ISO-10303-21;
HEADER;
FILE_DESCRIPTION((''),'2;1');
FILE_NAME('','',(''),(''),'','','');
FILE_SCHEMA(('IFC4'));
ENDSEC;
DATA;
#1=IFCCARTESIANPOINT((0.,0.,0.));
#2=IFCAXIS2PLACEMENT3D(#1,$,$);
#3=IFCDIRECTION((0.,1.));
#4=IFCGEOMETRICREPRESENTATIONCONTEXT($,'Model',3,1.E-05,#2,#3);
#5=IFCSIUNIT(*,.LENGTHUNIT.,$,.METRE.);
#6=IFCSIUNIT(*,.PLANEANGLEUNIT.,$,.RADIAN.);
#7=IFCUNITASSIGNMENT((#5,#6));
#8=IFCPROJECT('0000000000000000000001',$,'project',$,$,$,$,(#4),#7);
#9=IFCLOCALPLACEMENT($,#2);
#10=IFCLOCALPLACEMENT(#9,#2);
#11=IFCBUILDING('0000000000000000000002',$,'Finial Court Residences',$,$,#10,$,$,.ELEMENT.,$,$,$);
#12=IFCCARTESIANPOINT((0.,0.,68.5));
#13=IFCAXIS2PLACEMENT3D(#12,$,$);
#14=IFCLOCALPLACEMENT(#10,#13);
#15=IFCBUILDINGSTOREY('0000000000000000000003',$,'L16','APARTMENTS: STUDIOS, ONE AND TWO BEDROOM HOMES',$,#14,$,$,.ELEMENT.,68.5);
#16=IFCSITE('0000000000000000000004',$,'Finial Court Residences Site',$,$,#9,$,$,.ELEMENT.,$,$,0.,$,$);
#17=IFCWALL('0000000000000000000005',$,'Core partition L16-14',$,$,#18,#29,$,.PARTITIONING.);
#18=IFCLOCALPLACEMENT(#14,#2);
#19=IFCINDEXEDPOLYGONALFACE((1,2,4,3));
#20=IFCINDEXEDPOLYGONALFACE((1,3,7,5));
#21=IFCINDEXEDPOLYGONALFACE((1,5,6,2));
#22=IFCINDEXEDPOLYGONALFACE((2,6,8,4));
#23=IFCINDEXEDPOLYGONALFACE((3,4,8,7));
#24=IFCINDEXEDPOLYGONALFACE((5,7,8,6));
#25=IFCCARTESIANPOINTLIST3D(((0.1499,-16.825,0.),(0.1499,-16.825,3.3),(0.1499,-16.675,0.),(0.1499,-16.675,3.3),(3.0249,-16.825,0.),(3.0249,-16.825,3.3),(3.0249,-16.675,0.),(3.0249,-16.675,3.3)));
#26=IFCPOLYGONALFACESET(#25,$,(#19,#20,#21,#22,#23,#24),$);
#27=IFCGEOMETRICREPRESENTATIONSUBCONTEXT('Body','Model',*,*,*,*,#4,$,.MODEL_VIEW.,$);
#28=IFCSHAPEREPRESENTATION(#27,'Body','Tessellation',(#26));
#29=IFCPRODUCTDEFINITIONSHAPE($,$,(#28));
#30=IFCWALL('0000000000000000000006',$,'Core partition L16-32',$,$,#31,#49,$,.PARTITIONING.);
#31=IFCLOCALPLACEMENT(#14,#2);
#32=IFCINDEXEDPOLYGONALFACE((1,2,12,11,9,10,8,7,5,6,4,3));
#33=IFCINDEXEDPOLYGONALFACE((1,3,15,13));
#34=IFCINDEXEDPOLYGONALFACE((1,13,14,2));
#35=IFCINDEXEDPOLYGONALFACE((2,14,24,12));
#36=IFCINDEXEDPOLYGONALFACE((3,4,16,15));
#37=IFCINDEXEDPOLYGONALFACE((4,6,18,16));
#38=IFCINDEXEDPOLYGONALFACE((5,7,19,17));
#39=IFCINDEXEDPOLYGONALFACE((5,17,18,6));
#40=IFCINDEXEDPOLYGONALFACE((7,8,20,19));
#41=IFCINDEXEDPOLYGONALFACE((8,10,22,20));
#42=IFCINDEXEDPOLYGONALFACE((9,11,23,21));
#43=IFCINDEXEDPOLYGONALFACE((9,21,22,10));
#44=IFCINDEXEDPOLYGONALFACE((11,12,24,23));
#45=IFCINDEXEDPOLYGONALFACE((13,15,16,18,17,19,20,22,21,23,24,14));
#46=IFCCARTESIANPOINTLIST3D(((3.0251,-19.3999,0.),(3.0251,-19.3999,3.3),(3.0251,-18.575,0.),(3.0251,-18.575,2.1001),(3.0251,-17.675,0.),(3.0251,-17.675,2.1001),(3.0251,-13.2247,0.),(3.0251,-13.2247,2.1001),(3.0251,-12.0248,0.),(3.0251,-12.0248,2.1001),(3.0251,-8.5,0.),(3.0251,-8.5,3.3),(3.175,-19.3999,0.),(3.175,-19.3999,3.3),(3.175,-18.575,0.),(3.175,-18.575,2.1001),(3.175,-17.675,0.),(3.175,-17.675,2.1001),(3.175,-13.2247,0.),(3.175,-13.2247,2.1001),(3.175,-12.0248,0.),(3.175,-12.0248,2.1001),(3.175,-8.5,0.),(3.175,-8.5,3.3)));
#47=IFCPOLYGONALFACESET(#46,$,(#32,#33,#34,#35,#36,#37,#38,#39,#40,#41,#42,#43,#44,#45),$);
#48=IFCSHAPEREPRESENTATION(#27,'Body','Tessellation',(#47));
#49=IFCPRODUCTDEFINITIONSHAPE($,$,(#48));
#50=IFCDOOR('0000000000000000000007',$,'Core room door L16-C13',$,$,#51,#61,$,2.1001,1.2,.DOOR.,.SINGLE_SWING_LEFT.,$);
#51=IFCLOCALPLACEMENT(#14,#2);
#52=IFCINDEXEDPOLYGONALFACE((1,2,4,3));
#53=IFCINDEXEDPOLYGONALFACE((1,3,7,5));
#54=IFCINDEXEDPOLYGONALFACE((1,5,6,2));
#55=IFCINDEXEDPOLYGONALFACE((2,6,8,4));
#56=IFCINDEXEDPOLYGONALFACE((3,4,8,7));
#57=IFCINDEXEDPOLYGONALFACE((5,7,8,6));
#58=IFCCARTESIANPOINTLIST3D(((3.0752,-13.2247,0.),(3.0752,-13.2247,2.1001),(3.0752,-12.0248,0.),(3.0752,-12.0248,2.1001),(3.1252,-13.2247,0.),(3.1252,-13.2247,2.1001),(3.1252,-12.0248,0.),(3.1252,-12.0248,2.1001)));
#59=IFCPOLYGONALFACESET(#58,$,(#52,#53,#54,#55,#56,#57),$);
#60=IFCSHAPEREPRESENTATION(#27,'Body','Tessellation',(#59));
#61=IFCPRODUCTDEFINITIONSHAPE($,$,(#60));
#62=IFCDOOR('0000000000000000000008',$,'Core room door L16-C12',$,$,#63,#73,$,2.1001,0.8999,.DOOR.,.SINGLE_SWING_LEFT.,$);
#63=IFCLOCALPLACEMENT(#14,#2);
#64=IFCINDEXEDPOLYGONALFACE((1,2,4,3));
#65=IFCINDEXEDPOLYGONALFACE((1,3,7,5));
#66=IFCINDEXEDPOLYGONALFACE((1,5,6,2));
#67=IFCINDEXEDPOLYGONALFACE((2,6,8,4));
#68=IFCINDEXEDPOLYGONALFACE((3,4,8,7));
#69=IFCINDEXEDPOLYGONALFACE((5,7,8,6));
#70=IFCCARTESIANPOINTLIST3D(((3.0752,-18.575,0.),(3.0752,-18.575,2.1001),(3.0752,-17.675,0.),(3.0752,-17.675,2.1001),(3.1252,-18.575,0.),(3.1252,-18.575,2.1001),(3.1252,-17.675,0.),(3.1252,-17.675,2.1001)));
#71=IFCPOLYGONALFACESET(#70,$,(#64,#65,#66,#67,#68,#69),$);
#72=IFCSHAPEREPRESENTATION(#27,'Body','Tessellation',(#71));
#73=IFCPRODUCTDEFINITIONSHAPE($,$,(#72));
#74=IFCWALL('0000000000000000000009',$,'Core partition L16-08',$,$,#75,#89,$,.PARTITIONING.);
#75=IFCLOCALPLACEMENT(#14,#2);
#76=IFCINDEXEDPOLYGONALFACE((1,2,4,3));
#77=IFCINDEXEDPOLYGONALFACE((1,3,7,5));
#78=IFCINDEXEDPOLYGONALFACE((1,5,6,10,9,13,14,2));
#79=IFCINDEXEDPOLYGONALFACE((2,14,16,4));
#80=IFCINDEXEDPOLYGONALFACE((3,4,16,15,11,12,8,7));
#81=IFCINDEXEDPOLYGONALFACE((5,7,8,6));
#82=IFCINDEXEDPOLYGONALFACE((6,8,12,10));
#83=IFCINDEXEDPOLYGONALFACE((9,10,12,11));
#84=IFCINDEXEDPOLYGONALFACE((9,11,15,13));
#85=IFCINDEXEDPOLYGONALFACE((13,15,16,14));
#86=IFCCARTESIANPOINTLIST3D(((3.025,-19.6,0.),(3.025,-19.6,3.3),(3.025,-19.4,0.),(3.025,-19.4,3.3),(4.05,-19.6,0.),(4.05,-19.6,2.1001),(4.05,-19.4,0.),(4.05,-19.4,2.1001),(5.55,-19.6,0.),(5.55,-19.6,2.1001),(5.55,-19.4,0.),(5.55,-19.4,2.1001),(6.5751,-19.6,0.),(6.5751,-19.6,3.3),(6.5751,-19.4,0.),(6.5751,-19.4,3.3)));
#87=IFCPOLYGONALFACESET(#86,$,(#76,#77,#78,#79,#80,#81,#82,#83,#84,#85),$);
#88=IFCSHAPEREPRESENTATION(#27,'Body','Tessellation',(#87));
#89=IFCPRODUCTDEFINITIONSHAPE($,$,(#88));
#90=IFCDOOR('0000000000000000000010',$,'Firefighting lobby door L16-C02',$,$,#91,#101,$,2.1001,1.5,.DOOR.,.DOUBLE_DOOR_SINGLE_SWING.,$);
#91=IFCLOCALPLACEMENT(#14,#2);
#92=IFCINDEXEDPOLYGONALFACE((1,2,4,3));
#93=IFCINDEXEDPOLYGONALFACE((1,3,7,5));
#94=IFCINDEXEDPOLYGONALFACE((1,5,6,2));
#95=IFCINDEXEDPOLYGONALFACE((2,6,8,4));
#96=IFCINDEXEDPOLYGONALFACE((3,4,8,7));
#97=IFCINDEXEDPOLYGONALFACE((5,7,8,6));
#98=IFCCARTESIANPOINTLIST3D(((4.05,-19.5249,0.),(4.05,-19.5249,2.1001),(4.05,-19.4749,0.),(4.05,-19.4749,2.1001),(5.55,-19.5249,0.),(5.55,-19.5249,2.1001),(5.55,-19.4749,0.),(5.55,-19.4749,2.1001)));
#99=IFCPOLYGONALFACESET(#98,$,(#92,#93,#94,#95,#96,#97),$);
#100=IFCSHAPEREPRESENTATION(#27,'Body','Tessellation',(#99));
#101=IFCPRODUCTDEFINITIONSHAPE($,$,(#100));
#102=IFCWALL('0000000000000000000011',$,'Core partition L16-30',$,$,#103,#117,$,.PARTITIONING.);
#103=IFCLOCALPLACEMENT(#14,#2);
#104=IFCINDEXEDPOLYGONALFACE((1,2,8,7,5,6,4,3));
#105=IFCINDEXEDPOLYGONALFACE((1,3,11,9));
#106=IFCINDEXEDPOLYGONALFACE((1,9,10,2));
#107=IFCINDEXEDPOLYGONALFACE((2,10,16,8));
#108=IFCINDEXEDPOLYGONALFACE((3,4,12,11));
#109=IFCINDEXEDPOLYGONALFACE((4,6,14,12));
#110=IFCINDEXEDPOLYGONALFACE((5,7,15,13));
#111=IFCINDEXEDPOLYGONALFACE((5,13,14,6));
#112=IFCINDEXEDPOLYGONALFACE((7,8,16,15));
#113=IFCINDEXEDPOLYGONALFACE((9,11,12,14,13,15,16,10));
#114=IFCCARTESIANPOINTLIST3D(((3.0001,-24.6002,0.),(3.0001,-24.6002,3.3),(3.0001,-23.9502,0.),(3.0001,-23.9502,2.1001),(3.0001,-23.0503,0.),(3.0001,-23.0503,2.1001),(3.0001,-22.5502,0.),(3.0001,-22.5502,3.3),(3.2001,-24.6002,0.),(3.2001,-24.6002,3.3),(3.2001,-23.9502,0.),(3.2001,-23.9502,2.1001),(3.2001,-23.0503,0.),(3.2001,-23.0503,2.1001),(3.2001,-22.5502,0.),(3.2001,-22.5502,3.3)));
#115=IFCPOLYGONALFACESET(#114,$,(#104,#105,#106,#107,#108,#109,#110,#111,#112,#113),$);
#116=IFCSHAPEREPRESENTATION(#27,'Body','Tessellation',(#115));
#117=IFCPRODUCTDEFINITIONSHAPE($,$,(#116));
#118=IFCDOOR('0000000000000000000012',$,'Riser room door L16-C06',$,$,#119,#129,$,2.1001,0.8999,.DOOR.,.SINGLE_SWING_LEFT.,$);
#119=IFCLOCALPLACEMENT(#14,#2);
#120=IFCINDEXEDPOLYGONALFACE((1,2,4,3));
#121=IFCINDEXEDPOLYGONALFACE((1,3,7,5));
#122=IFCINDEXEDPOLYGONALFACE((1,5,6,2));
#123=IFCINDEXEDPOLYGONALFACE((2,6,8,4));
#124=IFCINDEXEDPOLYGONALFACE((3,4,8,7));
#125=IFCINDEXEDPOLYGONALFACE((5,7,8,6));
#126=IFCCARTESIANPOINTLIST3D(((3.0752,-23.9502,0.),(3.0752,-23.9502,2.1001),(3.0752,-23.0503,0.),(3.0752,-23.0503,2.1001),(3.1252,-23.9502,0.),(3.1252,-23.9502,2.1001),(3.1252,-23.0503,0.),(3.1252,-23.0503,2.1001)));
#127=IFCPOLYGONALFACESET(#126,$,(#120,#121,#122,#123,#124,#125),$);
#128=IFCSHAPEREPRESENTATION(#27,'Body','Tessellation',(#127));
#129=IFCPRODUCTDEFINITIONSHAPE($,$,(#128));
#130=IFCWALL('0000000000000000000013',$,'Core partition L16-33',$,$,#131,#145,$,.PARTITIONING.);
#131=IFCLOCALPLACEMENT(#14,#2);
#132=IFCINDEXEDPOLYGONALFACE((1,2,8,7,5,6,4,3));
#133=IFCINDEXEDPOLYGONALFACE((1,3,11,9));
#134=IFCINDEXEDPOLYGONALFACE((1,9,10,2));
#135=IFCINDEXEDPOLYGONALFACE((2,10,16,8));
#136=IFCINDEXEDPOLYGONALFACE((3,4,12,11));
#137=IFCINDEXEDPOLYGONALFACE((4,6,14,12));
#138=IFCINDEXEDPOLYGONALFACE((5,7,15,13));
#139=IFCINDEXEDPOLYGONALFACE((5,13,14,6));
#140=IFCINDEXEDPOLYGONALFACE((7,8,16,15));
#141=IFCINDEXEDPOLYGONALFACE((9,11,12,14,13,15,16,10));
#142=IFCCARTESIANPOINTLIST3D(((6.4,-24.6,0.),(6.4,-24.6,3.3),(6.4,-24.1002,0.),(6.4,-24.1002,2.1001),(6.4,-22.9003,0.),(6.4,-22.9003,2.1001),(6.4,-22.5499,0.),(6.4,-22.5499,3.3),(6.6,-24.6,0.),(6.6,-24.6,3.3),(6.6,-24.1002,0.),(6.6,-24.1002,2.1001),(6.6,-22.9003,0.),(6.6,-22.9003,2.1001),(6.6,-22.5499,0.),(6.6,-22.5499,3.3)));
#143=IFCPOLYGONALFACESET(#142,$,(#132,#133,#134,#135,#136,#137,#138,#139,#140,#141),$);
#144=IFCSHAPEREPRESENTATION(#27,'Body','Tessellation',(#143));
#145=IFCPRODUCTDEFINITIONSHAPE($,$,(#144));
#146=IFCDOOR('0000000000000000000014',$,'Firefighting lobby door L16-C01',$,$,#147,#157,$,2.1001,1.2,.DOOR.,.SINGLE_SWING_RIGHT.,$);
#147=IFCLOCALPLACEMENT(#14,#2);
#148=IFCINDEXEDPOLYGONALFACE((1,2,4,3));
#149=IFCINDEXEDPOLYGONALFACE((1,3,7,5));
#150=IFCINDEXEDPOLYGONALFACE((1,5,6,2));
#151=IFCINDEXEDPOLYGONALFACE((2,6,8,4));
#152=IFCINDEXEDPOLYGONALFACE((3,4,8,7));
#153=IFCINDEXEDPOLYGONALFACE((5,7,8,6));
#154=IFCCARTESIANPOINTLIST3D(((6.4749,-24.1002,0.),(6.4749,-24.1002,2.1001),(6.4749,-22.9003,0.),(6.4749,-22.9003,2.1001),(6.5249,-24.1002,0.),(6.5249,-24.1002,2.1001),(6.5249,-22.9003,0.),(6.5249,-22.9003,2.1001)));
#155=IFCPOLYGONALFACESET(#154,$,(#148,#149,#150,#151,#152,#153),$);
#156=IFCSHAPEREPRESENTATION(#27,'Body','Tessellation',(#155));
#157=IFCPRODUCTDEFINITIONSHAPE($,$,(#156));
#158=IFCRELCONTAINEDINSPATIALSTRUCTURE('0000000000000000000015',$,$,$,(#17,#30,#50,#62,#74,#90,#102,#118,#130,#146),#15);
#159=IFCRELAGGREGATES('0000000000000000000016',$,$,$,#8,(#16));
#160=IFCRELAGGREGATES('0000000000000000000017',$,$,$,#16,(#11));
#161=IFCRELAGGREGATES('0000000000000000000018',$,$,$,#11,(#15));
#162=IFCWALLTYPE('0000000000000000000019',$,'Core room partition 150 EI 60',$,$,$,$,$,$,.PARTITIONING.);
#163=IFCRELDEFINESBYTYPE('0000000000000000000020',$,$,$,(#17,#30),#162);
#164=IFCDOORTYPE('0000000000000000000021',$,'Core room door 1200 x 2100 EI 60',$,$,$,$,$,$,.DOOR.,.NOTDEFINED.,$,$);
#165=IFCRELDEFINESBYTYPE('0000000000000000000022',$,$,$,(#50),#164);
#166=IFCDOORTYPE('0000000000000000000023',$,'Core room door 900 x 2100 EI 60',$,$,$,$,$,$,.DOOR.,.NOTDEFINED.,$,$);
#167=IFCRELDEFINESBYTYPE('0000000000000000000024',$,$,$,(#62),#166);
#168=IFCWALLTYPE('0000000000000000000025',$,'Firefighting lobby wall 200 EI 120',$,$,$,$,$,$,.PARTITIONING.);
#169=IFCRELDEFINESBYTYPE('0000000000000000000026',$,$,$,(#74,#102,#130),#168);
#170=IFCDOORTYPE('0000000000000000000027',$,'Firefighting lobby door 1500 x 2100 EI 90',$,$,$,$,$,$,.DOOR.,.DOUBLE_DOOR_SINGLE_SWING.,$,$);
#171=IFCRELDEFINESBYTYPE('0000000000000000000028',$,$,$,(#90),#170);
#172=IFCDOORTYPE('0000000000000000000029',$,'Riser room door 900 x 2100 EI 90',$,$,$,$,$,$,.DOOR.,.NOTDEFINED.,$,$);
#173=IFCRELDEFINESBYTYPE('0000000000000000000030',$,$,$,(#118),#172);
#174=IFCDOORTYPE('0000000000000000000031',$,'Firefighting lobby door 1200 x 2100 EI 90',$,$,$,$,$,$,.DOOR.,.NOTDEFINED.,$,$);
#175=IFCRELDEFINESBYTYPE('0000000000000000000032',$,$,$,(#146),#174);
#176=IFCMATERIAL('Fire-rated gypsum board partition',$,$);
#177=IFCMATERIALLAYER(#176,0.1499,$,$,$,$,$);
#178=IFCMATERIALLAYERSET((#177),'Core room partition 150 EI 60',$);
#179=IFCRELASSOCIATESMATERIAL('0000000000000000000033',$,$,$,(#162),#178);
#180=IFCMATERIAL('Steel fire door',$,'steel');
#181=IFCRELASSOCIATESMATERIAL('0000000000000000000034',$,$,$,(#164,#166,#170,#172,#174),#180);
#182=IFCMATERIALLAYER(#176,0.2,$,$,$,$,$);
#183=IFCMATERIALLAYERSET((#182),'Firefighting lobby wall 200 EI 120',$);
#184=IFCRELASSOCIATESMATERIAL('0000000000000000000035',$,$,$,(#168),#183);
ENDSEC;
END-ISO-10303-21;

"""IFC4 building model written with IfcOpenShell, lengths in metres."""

from ifc_helpers import new_model, si_unit, direction, frame, frame_2d, origin, place, context, subcontext, project, spatial, rectangle, extrude, material, layer, layer_set, type_object, element, fill, save


model = new_model("IFC4")

# Units and contexts
model_context = context("Model", 3, precision=1e-05, world=origin(), true_north=direction((0.0, 1.0)))
body_context = subcontext(model_context, "Body", "Model", "MODEL_VIEW")
ifc_project = project(units=[si_unit("LENGTHUNIT", "METRE"), si_unit("PLANEANGLEUNIT", "RADIAN")], contexts=[model_context])

# Site, building, storey
site_placement = place(None, origin())
site = spatial("IfcSite", under=ifc_project, at=site_placement, Name="Finial Court Residences Site", CompositionType="ELEMENT", RefElevation=0.0)
building_placement = place(site_placement, origin())
building = spatial("IfcBuilding", under=site, at=building_placement, Name="Finial Court Residences", CompositionType="ELEMENT")
storey_placement = place(building_placement, frame((0.0, 0.0, 68.5)))
storey = spatial("IfcBuildingStorey", under=building, at=storey_placement, Name="L16", Description="APARTMENTS: STUDIOS, ONE AND TWO BEDROOM HOMES", CompositionType="ELEMENT", Elevation=68.5)

# Wall
ifc_material_1 = material(Name="Fire-rated gypsum board partition")
ifc_layer_1 = layer(ifc_material_1, 0.1499)
ifc_layer_set_1 = layer_set([ifc_layer_1], Name="Core room partition 150 EI 60")
wall_type_1 = type_object("IfcWallType", Name="Core room partition 150 EI 60", PredefinedType="PARTITIONING", material=ifc_layer_set_1)
wall_1_placement = place(storey_placement, frame((0.1499, -16.75, 0.0), z_axis=(0.0, 0.0, 1.0), x_axis=(1.0, 0.0, 0.0)))
element("IfcWall", 1, at=wall_1_placement, inside=storey, type_object=wall_type_1, Name="Core partition L16-14", PredefinedType="PARTITIONING", context=body_context, shape_type="SweptSolid", body=[
    extrude(rectangle(XDim=2.875, YDim=0.1499, at=frame_2d((1.4375, 0.0))), origin(), (0.0, 0.0, 1.0), 3.3),
])

# Wall, openings, doors
wall_2_placement = place(storey_placement, frame((3.1001, -19.3999, 0.0), z_axis=(0.0, 0.0, 1.0), x_axis=(0.0, 1.0, 0.0)))
wall_2 = element("IfcWall", 2, at=wall_2_placement, inside=storey, type_object=wall_type_1, Name="Core partition L16-32", PredefinedType="PARTITIONING", context=body_context, shape_type="SweptSolid", body=[
    extrude(rectangle(XDim=10.8999, YDim=0.1499, at=frame_2d((5.45, 0.0))), origin(), (0.0, 0.0, 1.0), 3.3),
])
opening_1_placement = place(wall_2_placement, frame((0.825, 0.0, 0.0)))
opening_1 = element("IfcOpeningElement", 3, at=opening_1_placement, cuts=wall_2, PredefinedType="OPENING", context=body_context, shape_type="SweptSolid", body=[
    extrude(rectangle(XDim=0.8999, YDim=2.1001, at=frame_2d((0.45, 1.05))), frame((0.0, 0.085, 0.0), z_axis=(0.0, -1.0, 0.0), x_axis=(1.0, 0.0, 0.0)), (0.0, 0.0, 1.0), 0.1699),
])
opening_2_placement = place(wall_2_placement, frame((6.175, 0.0, 0.0)))
opening_2 = element("IfcOpeningElement", 4, at=opening_2_placement, cuts=wall_2, PredefinedType="OPENING", context=body_context, shape_type="SweptSolid", body=[
    extrude(rectangle(XDim=1.2, YDim=2.1001, at=frame_2d((0.6001, 1.05))), frame((0.0, 0.085, 0.0), z_axis=(0.0, -1.0, 0.0), x_axis=(1.0, 0.0, 0.0)), (0.0, 0.0, 1.0), 0.1699),
])
ifc_material_2 = material(Name="Steel fire door", Category="steel")
door_type_1 = type_object("IfcDoorType", Name="Core room door 1200 x 2100 EI 60", OperationType="NOTDEFINED", PredefinedType="DOOR", material=ifc_material_2)
door_1_placement = place(opening_2_placement, origin())
door_1 = element("IfcDoor", 5, at=door_1_placement, inside=storey, type_object=door_type_1, Name="Core room door L16-C13", OperationType="SINGLE_SWING_LEFT", OverallHeight=2.1001, OverallWidth=1.2, PredefinedType="DOOR", context=body_context, shape_type="SweptSolid", body=[
    extrude(rectangle(XDim=1.2, YDim=2.1001, at=frame_2d((0.6001, 1.05))), frame((0.0, 0.0249, 0.0), z_axis=(0.0, -1.0, 0.0), x_axis=(1.0, 0.0, 0.0)), (0.0, 0.0, 1.0), 0.05),
])
fill(opening_2, door_1)
door_type_2 = type_object("IfcDoorType", Name="Core room door 900 x 2100 EI 60", OperationType="NOTDEFINED", PredefinedType="DOOR", material=ifc_material_2)
door_2_placement = place(opening_1_placement, origin())
door_2 = element("IfcDoor", 6, at=door_2_placement, inside=storey, type_object=door_type_2, Name="Core room door L16-C12", OperationType="SINGLE_SWING_LEFT", OverallHeight=2.1001, OverallWidth=0.8999, PredefinedType="DOOR", context=body_context, shape_type="SweptSolid", body=[
    extrude(rectangle(XDim=0.8999, YDim=2.1001, at=frame_2d((0.45, 1.05))), frame((0.0, 0.0249, 0.0), z_axis=(0.0, -1.0, 0.0), x_axis=(1.0, 0.0, 0.0)), (0.0, 0.0, 1.0), 0.05),
])
fill(opening_1, door_2)

# Walls, openings, doors
ifc_layer_2 = layer(ifc_material_1, 0.2)
ifc_layer_set_2 = layer_set([ifc_layer_2], Name="Firefighting lobby wall 200 EI 120")
wall_type_2 = type_object("IfcWallType", Name="Firefighting lobby wall 200 EI 120", PredefinedType="PARTITIONING", material=ifc_layer_set_2)
wall_3_placement = place(storey_placement, frame((6.575, -19.5, 0.0), z_axis=(0.0, 0.0, 1.0), x_axis=(-1.0, 0.0, 0.0)))
wall_3 = element("IfcWall", 7, at=wall_3_placement, inside=storey, type_object=wall_type_2, Name="Core partition L16-08", PredefinedType="PARTITIONING", context=body_context, shape_type="SweptSolid", body=[
    extrude(rectangle(XDim=3.55, YDim=0.2, at=frame_2d((1.7749, 0.0))), origin(), (0.0, 0.0, 1.0), 3.3),
])
opening_3_placement = place(wall_3_placement, frame((1.0249, 0.0, 0.0)))
opening_3 = element("IfcOpeningElement", 8, at=opening_3_placement, cuts=wall_3, PredefinedType="OPENING", context=body_context, shape_type="SweptSolid", body=[
    extrude(rectangle(XDim=1.5, YDim=2.1001, at=frame_2d((0.75, 1.05))), frame((0.0, 0.1099, 0.0), z_axis=(0.0, -1.0, 0.0), x_axis=(1.0, 0.0, 0.0)), (0.0, 0.0, 1.0), 0.22),
])
door_type_3 = type_object("IfcDoorType", Name="Firefighting lobby door 1500 x 2100 EI 90", OperationType="DOUBLE_DOOR_SINGLE_SWING", PredefinedType="DOOR", material=ifc_material_2)
door_3_placement = place(opening_3_placement, origin())
door_3 = element("IfcDoor", 9, at=door_3_placement, inside=storey, type_object=door_type_3, Name="Firefighting lobby door L16-C02", OperationType="DOUBLE_DOOR_SINGLE_SWING", OverallHeight=2.1001, OverallWidth=1.5, PredefinedType="DOOR", context=body_context, shape_type="SweptSolid", body=[
    extrude(rectangle(XDim=1.5, YDim=2.1001, at=frame_2d((0.75, 1.05))), frame((0.0, 0.0249, 0.0), z_axis=(0.0, -1.0, 0.0), x_axis=(1.0, 0.0, 0.0)), (0.0, 0.0, 1.0), 0.05),
])
fill(opening_3, door_3)
wall_4_placement = place(storey_placement, frame((3.1001, -24.6001, 0.0), z_axis=(0.0, 0.0, 1.0), x_axis=(0.0, 1.0, 0.0)))
wall_4 = element("IfcWall", 10, at=wall_4_placement, inside=storey, type_object=wall_type_2, Name="Core partition L16-30", PredefinedType="PARTITIONING", context=body_context, shape_type="SweptSolid", body=[
    extrude(rectangle(XDim=2.05, YDim=0.2, at=frame_2d((1.0249, 0.0))), origin(), (0.0, 0.0, 1.0), 3.3),
])
opening_4_placement = place(wall_4_placement, frame((0.6499, 0.0, 0.0)))
opening_4 = element("IfcOpeningElement", 11, at=opening_4_placement, cuts=wall_4, PredefinedType="OPENING", context=body_context, shape_type="SweptSolid", body=[
    extrude(rectangle(XDim=0.8999, YDim=2.1001, at=frame_2d((0.45, 1.05))), frame((0.0, 0.1099, 0.0), z_axis=(0.0, -1.0, 0.0), x_axis=(1.0, 0.0, 0.0)), (0.0, 0.0, 1.0), 0.22),
])
door_type_4 = type_object("IfcDoorType", Name="Riser room door 900 x 2100 EI 90", OperationType="NOTDEFINED", PredefinedType="DOOR", material=ifc_material_2)
door_4_placement = place(opening_4_placement, origin())
door_4 = element("IfcDoor", 12, at=door_4_placement, inside=storey, type_object=door_type_4, Name="Riser room door L16-C06", OperationType="SINGLE_SWING_LEFT", OverallHeight=2.1001, OverallWidth=0.8999, PredefinedType="DOOR", context=body_context, shape_type="SweptSolid", body=[
    extrude(rectangle(XDim=0.8999, YDim=2.1001, at=frame_2d((0.45, 1.05))), frame((0.0, 0.0249, 0.0), z_axis=(0.0, -1.0, 0.0), x_axis=(1.0, 0.0, 0.0)), (0.0, 0.0, 1.0), 0.05),
])
fill(opening_4, door_4)
wall_5_placement = place(storey_placement, frame((6.5, -22.55, 0.0), z_axis=(0.0, 0.0, 1.0), x_axis=(0.0, -1.0, 0.0)))
wall_5 = element("IfcWall", 13, at=wall_5_placement, inside=storey, type_object=wall_type_2, Name="Core partition L16-33", PredefinedType="PARTITIONING", context=body_context, shape_type="SweptSolid", body=[
    extrude(rectangle(XDim=2.05, YDim=0.2, at=frame_2d((1.0249, 0.0))), origin(), (0.0, 0.0, 1.0), 3.3),
])
opening_5_placement = place(wall_5_placement, frame((0.3501, 0.0, 0.0)))
opening_5 = element("IfcOpeningElement", 14, at=opening_5_placement, cuts=wall_5, PredefinedType="OPENING", context=body_context, shape_type="SweptSolid", body=[
    extrude(rectangle(XDim=1.2, YDim=2.1001, at=frame_2d((0.6001, 1.05))), frame((0.0, 0.1099, 0.0), z_axis=(0.0, -1.0, 0.0), x_axis=(1.0, 0.0, 0.0)), (0.0, 0.0, 1.0), 0.22),
])
door_type_5 = type_object("IfcDoorType", Name="Firefighting lobby door 1200 x 2100 EI 90", OperationType="NOTDEFINED", PredefinedType="DOOR", material=ifc_material_2)
door_5_placement = place(opening_5_placement, origin())
door_5 = element("IfcDoor", 15, at=door_5_placement, inside=storey, type_object=door_type_5, Name="Firefighting lobby door L16-C01", OperationType="SINGLE_SWING_RIGHT", OverallHeight=2.1001, OverallWidth=1.2, PredefinedType="DOOR", context=body_context, shape_type="SweptSolid", body=[
    extrude(rectangle(XDim=1.2, YDim=2.1001, at=frame_2d((0.6001, 1.05))), frame((0.0, 0.0249, 0.0), z_axis=(0.0, -1.0, 0.0), x_axis=(1.0, 0.0, 0.0)), (0.0, 0.0, 1.0), 0.05),
])
fill(opening_5, door_5)

save(model, "model.ifc")
